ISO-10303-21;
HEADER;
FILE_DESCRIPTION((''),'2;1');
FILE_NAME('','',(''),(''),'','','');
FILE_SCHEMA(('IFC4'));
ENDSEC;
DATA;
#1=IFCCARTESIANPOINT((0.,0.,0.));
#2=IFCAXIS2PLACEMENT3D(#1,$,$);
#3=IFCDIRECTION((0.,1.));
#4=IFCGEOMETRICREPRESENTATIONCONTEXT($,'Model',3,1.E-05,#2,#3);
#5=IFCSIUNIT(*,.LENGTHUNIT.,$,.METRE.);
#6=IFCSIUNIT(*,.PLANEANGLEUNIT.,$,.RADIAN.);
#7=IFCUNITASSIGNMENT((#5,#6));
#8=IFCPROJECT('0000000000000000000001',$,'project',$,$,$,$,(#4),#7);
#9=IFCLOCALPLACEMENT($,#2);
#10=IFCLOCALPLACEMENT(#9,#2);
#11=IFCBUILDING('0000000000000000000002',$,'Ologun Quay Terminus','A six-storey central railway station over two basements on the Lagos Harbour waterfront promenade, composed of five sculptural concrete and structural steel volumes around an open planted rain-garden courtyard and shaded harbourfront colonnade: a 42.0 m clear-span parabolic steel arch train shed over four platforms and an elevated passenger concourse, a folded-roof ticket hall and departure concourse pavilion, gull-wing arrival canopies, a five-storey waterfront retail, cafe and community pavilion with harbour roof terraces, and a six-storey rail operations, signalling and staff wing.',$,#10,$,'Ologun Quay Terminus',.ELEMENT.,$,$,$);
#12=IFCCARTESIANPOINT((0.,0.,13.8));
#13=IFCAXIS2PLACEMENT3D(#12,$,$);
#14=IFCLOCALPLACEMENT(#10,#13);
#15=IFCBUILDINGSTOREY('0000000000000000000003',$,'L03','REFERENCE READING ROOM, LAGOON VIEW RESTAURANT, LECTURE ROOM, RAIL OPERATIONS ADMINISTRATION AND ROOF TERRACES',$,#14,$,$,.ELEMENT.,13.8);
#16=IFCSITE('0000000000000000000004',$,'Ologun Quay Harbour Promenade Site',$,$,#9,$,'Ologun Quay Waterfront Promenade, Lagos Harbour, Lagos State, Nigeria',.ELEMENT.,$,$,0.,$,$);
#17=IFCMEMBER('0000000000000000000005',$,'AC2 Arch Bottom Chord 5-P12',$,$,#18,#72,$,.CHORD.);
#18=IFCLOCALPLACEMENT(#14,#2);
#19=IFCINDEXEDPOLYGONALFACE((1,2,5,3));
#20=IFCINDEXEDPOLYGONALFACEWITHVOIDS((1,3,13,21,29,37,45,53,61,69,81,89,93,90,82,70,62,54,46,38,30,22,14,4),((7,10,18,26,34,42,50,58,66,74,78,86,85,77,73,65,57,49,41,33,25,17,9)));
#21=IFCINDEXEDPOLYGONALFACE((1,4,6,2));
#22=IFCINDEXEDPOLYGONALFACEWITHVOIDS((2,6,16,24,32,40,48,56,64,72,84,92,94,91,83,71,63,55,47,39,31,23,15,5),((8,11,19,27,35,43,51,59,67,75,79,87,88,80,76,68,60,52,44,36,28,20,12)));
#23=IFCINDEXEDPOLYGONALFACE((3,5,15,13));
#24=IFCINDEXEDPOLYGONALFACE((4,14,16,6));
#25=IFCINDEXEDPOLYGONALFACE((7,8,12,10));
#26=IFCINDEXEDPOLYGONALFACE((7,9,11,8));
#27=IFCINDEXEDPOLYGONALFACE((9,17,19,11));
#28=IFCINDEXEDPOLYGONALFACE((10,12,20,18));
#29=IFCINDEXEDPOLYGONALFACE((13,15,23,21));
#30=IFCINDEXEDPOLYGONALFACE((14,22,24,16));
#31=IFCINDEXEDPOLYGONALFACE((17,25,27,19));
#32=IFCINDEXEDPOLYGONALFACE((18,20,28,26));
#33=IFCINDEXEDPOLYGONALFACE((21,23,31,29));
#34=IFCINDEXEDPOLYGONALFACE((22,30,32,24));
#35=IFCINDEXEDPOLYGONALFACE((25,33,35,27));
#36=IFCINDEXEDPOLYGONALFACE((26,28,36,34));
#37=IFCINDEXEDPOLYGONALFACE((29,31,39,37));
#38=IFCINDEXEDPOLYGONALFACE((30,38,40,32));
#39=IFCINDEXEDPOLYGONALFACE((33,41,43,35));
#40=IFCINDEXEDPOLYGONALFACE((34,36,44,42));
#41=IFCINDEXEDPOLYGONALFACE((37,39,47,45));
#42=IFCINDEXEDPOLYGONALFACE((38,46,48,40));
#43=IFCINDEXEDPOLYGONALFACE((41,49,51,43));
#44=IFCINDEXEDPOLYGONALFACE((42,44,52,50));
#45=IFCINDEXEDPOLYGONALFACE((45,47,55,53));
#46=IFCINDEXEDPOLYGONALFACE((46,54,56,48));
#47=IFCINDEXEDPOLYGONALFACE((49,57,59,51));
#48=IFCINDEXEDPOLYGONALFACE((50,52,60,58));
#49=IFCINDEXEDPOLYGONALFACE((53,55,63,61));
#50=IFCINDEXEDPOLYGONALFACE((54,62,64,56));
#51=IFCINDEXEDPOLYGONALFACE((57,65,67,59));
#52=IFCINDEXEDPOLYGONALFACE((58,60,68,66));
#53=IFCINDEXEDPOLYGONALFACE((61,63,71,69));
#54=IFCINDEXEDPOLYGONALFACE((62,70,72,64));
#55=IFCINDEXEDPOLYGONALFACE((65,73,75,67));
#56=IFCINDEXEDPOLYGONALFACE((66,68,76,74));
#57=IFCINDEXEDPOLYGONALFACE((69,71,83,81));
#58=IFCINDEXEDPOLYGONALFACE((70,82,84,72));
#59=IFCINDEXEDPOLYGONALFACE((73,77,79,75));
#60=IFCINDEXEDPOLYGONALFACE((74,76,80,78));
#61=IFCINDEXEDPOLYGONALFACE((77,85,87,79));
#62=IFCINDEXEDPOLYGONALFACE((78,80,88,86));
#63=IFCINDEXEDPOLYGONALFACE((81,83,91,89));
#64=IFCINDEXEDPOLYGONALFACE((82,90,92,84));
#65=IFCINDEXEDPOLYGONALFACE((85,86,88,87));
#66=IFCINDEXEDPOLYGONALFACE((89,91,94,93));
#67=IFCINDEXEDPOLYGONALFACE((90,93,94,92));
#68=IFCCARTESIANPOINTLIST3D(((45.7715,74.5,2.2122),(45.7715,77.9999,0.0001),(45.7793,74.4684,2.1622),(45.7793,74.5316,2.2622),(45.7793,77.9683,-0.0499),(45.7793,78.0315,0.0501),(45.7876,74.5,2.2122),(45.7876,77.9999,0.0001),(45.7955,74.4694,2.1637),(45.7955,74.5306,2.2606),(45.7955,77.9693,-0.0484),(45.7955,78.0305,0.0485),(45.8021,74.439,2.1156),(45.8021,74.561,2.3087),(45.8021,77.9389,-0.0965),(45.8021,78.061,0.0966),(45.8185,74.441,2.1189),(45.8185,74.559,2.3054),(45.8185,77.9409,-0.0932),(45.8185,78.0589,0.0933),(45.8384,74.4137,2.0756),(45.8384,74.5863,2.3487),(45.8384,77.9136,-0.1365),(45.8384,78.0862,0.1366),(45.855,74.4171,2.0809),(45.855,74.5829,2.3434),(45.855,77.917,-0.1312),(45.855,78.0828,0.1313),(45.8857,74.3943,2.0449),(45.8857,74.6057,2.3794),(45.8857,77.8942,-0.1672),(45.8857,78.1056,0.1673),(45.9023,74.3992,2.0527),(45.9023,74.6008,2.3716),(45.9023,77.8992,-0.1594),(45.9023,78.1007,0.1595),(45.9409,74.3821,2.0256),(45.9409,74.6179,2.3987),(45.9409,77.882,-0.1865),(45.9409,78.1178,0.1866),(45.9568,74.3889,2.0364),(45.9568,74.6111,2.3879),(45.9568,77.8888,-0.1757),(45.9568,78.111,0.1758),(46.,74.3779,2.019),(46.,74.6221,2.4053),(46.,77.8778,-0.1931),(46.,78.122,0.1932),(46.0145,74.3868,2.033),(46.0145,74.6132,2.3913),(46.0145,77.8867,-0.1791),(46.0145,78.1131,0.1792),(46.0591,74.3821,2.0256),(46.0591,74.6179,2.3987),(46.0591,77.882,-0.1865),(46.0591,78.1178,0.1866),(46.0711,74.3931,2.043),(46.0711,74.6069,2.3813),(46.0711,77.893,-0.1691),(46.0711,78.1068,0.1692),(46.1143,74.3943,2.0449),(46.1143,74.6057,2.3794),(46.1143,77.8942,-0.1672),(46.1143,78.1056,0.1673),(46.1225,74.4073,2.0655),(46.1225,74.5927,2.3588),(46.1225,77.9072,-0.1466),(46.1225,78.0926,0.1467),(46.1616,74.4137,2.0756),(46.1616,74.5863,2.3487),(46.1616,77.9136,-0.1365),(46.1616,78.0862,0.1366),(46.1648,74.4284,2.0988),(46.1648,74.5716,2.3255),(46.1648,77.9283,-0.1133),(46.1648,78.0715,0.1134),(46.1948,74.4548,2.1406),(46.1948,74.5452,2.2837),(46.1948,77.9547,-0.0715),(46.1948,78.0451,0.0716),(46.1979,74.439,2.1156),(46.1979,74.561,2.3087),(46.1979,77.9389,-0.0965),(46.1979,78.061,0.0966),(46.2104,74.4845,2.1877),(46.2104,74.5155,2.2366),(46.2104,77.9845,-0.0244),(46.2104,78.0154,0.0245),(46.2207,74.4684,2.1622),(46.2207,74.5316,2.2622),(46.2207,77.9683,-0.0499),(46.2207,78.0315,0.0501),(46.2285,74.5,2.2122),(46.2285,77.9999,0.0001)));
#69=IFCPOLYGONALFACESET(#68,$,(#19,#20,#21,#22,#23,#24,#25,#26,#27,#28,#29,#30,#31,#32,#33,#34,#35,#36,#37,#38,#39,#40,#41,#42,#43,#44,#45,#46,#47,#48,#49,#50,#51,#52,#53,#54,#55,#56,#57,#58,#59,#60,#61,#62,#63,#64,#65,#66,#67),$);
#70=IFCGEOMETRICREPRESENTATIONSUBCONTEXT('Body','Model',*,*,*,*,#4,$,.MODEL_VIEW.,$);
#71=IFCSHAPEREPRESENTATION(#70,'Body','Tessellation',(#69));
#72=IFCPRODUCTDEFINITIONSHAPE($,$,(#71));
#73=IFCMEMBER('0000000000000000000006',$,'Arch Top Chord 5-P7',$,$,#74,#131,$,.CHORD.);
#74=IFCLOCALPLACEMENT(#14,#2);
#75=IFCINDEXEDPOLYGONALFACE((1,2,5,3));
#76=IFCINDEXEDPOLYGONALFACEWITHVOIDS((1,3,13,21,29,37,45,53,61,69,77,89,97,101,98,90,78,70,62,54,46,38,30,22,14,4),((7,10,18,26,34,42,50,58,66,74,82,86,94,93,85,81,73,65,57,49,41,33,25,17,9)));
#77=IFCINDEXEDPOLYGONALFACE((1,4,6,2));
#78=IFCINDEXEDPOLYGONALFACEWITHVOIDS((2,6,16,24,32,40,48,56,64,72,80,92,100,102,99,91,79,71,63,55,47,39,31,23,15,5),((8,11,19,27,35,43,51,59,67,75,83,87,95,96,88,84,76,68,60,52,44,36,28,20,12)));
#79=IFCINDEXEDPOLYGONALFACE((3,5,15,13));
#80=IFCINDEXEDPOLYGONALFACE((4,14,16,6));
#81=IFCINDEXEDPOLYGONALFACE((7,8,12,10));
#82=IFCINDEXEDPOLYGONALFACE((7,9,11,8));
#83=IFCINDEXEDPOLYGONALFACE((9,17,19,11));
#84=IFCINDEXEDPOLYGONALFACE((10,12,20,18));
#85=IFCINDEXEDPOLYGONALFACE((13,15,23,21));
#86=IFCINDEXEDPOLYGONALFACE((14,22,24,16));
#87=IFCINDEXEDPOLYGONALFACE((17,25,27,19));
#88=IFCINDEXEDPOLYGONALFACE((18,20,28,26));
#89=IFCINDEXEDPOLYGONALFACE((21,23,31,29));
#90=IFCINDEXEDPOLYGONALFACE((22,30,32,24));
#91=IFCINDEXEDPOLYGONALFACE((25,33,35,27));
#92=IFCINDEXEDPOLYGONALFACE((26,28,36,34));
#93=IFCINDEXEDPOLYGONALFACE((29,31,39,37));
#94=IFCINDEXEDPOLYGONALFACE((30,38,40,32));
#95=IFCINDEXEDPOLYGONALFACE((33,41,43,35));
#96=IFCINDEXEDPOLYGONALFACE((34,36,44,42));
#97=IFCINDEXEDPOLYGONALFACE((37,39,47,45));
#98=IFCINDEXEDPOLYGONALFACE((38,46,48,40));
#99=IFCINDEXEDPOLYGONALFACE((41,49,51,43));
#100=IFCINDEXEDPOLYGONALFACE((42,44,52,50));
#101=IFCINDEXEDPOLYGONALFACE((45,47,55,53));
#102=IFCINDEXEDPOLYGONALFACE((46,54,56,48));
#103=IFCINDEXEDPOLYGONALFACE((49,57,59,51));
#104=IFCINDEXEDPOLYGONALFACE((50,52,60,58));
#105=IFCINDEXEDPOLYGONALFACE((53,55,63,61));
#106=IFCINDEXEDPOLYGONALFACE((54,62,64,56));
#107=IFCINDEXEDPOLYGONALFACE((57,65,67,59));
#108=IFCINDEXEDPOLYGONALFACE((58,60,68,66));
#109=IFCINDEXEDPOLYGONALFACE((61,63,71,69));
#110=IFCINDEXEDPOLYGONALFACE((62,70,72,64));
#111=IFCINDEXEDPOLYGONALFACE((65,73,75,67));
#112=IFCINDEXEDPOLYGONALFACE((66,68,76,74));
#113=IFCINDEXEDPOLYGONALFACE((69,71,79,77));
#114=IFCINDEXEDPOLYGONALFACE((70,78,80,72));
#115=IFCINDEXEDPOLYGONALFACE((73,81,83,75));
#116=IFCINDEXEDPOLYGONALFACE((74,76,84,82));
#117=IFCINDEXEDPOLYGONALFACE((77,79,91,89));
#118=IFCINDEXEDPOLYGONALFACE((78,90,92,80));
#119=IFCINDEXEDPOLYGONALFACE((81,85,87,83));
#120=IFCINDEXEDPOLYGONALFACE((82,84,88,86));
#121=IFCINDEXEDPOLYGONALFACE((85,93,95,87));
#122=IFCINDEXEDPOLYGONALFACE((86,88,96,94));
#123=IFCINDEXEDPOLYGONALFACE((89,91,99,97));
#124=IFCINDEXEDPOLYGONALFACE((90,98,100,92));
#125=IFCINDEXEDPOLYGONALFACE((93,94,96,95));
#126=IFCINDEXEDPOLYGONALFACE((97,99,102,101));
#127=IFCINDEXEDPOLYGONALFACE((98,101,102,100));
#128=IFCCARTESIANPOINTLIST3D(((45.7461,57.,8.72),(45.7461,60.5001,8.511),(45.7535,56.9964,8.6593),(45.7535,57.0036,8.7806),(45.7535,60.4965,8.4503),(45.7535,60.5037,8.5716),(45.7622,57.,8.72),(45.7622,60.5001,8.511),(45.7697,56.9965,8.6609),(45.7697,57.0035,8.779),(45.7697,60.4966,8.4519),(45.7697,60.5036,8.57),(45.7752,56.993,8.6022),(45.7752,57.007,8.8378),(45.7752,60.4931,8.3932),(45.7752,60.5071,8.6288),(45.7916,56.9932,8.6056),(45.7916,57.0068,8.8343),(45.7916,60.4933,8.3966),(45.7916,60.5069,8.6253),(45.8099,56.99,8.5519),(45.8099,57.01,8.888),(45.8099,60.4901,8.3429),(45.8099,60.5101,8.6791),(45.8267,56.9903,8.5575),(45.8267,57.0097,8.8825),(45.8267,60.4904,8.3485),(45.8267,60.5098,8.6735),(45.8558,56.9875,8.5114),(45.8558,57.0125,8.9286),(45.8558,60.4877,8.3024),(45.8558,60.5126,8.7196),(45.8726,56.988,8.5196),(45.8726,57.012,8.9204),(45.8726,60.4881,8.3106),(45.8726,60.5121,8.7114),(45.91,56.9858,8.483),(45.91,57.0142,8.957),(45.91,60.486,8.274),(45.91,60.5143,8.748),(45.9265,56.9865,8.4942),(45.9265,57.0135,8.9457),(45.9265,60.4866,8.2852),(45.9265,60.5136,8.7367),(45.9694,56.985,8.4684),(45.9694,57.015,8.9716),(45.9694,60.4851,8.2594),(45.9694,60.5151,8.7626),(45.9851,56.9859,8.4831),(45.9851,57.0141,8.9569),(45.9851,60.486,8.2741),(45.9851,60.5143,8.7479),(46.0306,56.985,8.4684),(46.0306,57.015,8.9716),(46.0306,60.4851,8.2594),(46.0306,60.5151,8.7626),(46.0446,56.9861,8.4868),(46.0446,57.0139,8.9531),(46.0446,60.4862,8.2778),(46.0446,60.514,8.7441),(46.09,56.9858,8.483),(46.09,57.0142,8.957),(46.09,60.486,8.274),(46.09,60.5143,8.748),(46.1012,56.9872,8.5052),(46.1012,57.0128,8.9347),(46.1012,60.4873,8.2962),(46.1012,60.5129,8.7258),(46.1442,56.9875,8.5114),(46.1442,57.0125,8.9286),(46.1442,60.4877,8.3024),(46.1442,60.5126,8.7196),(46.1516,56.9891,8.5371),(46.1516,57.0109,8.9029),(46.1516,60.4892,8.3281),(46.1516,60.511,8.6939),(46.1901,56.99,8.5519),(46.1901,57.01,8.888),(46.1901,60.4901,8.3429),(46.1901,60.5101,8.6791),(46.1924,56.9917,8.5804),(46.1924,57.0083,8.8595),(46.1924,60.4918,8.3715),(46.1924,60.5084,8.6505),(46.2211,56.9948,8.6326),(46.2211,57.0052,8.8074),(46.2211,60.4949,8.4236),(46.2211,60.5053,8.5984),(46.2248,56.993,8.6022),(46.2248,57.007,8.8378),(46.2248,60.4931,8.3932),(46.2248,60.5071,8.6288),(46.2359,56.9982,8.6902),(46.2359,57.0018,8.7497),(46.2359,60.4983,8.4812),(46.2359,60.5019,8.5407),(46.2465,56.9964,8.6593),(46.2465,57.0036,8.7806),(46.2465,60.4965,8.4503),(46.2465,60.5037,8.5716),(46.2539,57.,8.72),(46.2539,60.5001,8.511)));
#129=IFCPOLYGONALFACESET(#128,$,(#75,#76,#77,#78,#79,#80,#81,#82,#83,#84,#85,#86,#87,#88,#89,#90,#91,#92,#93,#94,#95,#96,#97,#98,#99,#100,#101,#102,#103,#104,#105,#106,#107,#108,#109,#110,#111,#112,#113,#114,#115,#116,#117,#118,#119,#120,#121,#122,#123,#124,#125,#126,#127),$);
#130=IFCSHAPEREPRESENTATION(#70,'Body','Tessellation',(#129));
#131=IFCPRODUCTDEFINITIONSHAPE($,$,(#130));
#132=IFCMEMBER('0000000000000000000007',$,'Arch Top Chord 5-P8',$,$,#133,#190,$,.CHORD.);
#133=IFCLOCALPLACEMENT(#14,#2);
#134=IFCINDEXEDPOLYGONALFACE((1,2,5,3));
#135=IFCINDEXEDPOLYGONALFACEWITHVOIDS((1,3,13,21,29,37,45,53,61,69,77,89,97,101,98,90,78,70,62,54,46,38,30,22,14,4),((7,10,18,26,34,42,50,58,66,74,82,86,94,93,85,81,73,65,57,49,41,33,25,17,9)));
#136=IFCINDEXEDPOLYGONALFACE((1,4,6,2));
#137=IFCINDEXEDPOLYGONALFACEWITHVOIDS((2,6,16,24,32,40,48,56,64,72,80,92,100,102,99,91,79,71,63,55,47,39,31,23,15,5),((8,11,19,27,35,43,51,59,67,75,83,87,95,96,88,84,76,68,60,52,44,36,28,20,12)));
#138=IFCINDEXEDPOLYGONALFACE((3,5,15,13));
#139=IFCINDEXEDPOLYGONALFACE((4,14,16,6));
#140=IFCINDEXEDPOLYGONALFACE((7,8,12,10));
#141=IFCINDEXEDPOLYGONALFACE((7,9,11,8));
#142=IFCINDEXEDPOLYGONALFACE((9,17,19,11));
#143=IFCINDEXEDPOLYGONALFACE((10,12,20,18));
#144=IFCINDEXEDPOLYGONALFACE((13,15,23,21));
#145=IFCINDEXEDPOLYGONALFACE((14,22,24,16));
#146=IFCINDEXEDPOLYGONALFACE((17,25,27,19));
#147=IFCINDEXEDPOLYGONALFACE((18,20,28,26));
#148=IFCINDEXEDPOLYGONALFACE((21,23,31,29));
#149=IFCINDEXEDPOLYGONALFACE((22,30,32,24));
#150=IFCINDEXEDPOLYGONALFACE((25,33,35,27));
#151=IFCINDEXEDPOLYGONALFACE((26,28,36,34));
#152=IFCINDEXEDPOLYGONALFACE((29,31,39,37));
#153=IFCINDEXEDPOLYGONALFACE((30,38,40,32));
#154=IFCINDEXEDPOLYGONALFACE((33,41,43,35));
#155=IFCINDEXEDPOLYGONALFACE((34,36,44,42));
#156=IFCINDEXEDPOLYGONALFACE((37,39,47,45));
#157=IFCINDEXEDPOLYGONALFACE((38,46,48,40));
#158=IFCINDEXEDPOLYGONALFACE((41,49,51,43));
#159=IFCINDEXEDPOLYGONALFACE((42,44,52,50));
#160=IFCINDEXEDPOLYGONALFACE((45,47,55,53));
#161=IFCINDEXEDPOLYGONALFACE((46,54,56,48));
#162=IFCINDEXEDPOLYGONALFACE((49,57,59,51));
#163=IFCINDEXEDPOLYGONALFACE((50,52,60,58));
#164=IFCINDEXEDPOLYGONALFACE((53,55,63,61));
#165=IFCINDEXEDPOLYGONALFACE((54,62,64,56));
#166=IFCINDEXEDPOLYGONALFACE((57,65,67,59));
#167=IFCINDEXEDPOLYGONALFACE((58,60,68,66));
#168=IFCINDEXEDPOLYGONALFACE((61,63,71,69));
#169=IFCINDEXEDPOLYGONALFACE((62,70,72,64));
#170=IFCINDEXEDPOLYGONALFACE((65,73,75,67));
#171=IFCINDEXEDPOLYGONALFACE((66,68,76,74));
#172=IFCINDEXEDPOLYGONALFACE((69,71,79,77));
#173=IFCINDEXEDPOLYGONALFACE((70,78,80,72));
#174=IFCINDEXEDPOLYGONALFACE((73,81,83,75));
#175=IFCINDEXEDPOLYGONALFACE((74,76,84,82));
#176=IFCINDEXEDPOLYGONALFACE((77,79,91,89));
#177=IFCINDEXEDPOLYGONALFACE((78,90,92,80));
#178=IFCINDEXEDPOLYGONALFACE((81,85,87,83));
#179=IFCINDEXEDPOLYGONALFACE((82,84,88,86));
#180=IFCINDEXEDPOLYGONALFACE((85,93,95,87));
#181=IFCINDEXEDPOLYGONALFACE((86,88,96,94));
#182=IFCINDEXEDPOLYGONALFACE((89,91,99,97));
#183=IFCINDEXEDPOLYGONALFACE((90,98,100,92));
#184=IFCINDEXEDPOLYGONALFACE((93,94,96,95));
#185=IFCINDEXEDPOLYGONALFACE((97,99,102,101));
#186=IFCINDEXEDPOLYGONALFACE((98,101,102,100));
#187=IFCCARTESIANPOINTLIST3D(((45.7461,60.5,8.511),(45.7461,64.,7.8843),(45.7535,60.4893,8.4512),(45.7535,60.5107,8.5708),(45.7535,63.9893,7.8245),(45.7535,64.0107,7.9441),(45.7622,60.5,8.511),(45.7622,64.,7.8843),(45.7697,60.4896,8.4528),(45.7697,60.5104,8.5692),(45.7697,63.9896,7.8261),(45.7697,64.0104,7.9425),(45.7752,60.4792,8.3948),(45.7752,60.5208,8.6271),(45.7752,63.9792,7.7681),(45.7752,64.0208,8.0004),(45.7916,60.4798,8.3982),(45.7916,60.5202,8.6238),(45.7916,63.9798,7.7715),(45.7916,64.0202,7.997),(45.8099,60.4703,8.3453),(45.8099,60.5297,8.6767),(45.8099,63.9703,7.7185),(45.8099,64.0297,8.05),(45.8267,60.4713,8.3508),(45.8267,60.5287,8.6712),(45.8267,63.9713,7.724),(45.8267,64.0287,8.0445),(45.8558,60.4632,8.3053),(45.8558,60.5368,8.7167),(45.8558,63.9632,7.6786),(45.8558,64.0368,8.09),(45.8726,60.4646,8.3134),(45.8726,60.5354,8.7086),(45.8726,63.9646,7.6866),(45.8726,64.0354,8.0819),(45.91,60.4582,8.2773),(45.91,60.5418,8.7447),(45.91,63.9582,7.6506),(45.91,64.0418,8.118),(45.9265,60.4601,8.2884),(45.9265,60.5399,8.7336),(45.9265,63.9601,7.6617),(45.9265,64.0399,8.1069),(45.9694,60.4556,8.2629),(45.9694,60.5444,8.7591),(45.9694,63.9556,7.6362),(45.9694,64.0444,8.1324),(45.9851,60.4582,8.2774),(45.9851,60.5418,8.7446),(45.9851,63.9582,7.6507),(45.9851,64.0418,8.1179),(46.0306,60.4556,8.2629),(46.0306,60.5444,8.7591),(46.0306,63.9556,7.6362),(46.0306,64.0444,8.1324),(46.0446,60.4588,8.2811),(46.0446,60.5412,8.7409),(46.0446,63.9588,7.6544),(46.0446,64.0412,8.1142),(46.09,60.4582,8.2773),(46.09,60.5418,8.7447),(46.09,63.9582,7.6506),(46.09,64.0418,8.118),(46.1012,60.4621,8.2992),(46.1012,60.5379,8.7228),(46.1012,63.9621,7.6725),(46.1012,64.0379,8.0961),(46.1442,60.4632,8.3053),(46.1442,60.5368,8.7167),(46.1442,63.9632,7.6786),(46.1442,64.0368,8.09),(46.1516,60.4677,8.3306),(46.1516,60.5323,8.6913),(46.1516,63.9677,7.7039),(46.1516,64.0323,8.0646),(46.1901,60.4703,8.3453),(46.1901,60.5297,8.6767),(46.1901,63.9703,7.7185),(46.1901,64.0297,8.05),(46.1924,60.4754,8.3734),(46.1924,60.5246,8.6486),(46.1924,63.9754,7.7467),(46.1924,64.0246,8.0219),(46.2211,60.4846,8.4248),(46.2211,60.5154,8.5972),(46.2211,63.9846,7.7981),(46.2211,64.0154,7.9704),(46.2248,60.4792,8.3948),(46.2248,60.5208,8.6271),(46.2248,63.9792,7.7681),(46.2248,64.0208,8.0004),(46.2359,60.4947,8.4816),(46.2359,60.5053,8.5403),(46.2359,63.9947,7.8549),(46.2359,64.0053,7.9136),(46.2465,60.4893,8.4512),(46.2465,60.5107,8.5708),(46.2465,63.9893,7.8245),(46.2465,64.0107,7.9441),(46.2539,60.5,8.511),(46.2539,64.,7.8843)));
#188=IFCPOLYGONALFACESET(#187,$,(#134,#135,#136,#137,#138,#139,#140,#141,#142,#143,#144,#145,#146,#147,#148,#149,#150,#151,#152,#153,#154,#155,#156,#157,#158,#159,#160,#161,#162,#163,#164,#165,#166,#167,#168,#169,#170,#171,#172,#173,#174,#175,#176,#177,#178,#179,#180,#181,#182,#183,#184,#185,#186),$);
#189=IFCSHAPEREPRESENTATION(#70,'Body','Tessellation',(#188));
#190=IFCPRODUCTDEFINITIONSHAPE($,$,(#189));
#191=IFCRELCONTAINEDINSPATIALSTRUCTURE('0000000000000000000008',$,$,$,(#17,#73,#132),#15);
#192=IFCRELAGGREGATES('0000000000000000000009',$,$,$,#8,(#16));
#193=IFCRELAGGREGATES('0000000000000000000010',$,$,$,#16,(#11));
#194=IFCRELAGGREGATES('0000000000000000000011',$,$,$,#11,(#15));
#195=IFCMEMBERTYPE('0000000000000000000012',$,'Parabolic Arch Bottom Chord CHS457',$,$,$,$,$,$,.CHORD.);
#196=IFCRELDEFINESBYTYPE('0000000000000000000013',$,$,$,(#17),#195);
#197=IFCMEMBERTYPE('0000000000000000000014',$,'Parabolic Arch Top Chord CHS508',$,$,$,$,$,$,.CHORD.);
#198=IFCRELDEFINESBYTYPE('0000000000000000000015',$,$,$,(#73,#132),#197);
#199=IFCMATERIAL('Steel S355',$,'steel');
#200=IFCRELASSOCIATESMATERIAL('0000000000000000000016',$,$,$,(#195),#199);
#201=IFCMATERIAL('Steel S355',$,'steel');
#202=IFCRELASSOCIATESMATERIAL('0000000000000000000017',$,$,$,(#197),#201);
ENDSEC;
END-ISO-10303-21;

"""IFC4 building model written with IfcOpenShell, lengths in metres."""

from ifc_helpers import new_model, si_unit, direction, frame, origin, origin_2d, place, context, subcontext, project, spatial, hollow_circle, extrude, material, material_profile, profile_set, type_object, element, save


model = new_model("IFC4")

# Units and contexts
model_context = context("Model", 3, precision=1e-05, world=origin(), true_north=direction((0.0, 1.0)))
body_context = subcontext(model_context, "Body", "Model", "MODEL_VIEW")
ifc_project = project(units=[si_unit("LENGTHUNIT", "METRE"), si_unit("PLANEANGLEUNIT", "RADIAN")], contexts=[model_context])

# Site, building, storey
site_placement = place(None, origin())
site = spatial("IfcSite", under=ifc_project, at=site_placement, Name="Ologun Quay Harbour Promenade Site", LongName="Ologun Quay Waterfront Promenade, Lagos Harbour, Lagos State, Nigeria", CompositionType="ELEMENT", RefElevation=0.0)
building_placement = place(site_placement, origin())
building = spatial("IfcBuilding", under=site, at=building_placement, Name="Ologun Quay Terminus", Description="A six-storey central railway station over two basements on the Lagos Harbour waterfront promenade, composed of five sculptural concrete and structural steel volumes around an open planted rain-garden courtyard and shaded harbourfront colonnade: a 42.0 m clear-span parabolic steel arch train shed over four platforms and an elevated passenger concourse, a folded-roof ticket hall and departure concourse pavilion, gull-wing arrival canopies, a five-storey waterfront retail, cafe and community pavilion with harbour roof terraces, and a six-storey rail operations, signalling and staff wing.", LongName="Ologun Quay Terminus", CompositionType="ELEMENT")
storey_placement = place(building_placement, frame((0.0, 0.0, 13.8)))
storey = spatial("IfcBuildingStorey", under=building, at=storey_placement, Name="L03", Description="REFERENCE READING ROOM, LAGOON VIEW RESTAURANT, LECTURE ROOM, RAIL OPERATIONS ADMINISTRATION AND ROOF TERRACES", CompositionType="ELEMENT", Elevation=13.8)

# Members
ifc_material_1 = material(Name="Steel S355", Category="steel")
ifc_material_profile_1 = material_profile(ifc_material_1, hollow_circle(Radius=0.2285, WallThickness=0.0161, at=origin_2d()), Name="CHS 457x16")
ifc_profile_set_1 = profile_set([ifc_material_profile_1], Name="Steel S355")
member_type_1 = type_object("IfcMemberType", Name="Parabolic Arch Bottom Chord CHS457", PredefinedType="CHORD", material=ifc_profile_set_1)
member_1_placement = place(storey_placement, frame((46.0, 74.5, 2.2122), z_axis=(0.0, 0.845311, -0.534275), x_axis=(-1.0, 0.0, 0.0)))
element("IfcMember", 1, at=member_1_placement, inside=storey, type_object=member_type_1, Name="AC2 Arch Bottom Chord 5-P12", PredefinedType="CHORD", context=body_context, shape_type="SweptSolid", body=[
    extrude(hollow_circle(Radius=0.2285, WallThickness=0.0161, at=origin_2d()), origin(), (0.0, 0.0, 1.0), 4.1404),
])
ifc_material_2 = material(Name="Steel S355", Category="steel")
ifc_material_profile_2 = material_profile(ifc_material_2, hollow_circle(Radius=0.2539, WallThickness=0.0161, at=origin_2d()), Name="CHS 508x16")
ifc_profile_set_2 = profile_set([ifc_material_profile_2], Name="Steel S355")
member_type_2 = type_object("IfcMemberType", Name="Parabolic Arch Top Chord CHS508", PredefinedType="CHORD", material=ifc_profile_set_2)
member_2_placement = place(storey_placement, frame((46.0, 57.0, 8.72), z_axis=(0.0, 0.998222, -0.059604), x_axis=(-1.0, 0.0, 0.0)))
element("IfcMember", 2, at=member_2_placement, inside=storey, type_object=member_type_2, Name="Arch Top Chord 5-P7", PredefinedType="CHORD", context=body_context, shape_type="SweptSolid", body=[
    extrude(hollow_circle(Radius=0.2539, WallThickness=0.0161, at=origin_2d()), origin(), (0.0, 0.0, 1.0), 3.5063),
])
member_3_placement = place(storey_placement, frame((46.0, 60.5, 8.511), z_axis=(0.0, 0.984344, -0.176256), x_axis=(-1.0, 0.0, 0.0)))
element("IfcMember", 3, at=member_3_placement, inside=storey, type_object=member_type_2, Name="Arch Top Chord 5-P8", PredefinedType="CHORD", context=body_context, shape_type="SweptSolid", body=[
    extrude(hollow_circle(Radius=0.2539, WallThickness=0.0161, at=origin_2d()), origin(), (0.0, 0.0, 1.0), 3.5557),
])

save(model, "model.ifc")
